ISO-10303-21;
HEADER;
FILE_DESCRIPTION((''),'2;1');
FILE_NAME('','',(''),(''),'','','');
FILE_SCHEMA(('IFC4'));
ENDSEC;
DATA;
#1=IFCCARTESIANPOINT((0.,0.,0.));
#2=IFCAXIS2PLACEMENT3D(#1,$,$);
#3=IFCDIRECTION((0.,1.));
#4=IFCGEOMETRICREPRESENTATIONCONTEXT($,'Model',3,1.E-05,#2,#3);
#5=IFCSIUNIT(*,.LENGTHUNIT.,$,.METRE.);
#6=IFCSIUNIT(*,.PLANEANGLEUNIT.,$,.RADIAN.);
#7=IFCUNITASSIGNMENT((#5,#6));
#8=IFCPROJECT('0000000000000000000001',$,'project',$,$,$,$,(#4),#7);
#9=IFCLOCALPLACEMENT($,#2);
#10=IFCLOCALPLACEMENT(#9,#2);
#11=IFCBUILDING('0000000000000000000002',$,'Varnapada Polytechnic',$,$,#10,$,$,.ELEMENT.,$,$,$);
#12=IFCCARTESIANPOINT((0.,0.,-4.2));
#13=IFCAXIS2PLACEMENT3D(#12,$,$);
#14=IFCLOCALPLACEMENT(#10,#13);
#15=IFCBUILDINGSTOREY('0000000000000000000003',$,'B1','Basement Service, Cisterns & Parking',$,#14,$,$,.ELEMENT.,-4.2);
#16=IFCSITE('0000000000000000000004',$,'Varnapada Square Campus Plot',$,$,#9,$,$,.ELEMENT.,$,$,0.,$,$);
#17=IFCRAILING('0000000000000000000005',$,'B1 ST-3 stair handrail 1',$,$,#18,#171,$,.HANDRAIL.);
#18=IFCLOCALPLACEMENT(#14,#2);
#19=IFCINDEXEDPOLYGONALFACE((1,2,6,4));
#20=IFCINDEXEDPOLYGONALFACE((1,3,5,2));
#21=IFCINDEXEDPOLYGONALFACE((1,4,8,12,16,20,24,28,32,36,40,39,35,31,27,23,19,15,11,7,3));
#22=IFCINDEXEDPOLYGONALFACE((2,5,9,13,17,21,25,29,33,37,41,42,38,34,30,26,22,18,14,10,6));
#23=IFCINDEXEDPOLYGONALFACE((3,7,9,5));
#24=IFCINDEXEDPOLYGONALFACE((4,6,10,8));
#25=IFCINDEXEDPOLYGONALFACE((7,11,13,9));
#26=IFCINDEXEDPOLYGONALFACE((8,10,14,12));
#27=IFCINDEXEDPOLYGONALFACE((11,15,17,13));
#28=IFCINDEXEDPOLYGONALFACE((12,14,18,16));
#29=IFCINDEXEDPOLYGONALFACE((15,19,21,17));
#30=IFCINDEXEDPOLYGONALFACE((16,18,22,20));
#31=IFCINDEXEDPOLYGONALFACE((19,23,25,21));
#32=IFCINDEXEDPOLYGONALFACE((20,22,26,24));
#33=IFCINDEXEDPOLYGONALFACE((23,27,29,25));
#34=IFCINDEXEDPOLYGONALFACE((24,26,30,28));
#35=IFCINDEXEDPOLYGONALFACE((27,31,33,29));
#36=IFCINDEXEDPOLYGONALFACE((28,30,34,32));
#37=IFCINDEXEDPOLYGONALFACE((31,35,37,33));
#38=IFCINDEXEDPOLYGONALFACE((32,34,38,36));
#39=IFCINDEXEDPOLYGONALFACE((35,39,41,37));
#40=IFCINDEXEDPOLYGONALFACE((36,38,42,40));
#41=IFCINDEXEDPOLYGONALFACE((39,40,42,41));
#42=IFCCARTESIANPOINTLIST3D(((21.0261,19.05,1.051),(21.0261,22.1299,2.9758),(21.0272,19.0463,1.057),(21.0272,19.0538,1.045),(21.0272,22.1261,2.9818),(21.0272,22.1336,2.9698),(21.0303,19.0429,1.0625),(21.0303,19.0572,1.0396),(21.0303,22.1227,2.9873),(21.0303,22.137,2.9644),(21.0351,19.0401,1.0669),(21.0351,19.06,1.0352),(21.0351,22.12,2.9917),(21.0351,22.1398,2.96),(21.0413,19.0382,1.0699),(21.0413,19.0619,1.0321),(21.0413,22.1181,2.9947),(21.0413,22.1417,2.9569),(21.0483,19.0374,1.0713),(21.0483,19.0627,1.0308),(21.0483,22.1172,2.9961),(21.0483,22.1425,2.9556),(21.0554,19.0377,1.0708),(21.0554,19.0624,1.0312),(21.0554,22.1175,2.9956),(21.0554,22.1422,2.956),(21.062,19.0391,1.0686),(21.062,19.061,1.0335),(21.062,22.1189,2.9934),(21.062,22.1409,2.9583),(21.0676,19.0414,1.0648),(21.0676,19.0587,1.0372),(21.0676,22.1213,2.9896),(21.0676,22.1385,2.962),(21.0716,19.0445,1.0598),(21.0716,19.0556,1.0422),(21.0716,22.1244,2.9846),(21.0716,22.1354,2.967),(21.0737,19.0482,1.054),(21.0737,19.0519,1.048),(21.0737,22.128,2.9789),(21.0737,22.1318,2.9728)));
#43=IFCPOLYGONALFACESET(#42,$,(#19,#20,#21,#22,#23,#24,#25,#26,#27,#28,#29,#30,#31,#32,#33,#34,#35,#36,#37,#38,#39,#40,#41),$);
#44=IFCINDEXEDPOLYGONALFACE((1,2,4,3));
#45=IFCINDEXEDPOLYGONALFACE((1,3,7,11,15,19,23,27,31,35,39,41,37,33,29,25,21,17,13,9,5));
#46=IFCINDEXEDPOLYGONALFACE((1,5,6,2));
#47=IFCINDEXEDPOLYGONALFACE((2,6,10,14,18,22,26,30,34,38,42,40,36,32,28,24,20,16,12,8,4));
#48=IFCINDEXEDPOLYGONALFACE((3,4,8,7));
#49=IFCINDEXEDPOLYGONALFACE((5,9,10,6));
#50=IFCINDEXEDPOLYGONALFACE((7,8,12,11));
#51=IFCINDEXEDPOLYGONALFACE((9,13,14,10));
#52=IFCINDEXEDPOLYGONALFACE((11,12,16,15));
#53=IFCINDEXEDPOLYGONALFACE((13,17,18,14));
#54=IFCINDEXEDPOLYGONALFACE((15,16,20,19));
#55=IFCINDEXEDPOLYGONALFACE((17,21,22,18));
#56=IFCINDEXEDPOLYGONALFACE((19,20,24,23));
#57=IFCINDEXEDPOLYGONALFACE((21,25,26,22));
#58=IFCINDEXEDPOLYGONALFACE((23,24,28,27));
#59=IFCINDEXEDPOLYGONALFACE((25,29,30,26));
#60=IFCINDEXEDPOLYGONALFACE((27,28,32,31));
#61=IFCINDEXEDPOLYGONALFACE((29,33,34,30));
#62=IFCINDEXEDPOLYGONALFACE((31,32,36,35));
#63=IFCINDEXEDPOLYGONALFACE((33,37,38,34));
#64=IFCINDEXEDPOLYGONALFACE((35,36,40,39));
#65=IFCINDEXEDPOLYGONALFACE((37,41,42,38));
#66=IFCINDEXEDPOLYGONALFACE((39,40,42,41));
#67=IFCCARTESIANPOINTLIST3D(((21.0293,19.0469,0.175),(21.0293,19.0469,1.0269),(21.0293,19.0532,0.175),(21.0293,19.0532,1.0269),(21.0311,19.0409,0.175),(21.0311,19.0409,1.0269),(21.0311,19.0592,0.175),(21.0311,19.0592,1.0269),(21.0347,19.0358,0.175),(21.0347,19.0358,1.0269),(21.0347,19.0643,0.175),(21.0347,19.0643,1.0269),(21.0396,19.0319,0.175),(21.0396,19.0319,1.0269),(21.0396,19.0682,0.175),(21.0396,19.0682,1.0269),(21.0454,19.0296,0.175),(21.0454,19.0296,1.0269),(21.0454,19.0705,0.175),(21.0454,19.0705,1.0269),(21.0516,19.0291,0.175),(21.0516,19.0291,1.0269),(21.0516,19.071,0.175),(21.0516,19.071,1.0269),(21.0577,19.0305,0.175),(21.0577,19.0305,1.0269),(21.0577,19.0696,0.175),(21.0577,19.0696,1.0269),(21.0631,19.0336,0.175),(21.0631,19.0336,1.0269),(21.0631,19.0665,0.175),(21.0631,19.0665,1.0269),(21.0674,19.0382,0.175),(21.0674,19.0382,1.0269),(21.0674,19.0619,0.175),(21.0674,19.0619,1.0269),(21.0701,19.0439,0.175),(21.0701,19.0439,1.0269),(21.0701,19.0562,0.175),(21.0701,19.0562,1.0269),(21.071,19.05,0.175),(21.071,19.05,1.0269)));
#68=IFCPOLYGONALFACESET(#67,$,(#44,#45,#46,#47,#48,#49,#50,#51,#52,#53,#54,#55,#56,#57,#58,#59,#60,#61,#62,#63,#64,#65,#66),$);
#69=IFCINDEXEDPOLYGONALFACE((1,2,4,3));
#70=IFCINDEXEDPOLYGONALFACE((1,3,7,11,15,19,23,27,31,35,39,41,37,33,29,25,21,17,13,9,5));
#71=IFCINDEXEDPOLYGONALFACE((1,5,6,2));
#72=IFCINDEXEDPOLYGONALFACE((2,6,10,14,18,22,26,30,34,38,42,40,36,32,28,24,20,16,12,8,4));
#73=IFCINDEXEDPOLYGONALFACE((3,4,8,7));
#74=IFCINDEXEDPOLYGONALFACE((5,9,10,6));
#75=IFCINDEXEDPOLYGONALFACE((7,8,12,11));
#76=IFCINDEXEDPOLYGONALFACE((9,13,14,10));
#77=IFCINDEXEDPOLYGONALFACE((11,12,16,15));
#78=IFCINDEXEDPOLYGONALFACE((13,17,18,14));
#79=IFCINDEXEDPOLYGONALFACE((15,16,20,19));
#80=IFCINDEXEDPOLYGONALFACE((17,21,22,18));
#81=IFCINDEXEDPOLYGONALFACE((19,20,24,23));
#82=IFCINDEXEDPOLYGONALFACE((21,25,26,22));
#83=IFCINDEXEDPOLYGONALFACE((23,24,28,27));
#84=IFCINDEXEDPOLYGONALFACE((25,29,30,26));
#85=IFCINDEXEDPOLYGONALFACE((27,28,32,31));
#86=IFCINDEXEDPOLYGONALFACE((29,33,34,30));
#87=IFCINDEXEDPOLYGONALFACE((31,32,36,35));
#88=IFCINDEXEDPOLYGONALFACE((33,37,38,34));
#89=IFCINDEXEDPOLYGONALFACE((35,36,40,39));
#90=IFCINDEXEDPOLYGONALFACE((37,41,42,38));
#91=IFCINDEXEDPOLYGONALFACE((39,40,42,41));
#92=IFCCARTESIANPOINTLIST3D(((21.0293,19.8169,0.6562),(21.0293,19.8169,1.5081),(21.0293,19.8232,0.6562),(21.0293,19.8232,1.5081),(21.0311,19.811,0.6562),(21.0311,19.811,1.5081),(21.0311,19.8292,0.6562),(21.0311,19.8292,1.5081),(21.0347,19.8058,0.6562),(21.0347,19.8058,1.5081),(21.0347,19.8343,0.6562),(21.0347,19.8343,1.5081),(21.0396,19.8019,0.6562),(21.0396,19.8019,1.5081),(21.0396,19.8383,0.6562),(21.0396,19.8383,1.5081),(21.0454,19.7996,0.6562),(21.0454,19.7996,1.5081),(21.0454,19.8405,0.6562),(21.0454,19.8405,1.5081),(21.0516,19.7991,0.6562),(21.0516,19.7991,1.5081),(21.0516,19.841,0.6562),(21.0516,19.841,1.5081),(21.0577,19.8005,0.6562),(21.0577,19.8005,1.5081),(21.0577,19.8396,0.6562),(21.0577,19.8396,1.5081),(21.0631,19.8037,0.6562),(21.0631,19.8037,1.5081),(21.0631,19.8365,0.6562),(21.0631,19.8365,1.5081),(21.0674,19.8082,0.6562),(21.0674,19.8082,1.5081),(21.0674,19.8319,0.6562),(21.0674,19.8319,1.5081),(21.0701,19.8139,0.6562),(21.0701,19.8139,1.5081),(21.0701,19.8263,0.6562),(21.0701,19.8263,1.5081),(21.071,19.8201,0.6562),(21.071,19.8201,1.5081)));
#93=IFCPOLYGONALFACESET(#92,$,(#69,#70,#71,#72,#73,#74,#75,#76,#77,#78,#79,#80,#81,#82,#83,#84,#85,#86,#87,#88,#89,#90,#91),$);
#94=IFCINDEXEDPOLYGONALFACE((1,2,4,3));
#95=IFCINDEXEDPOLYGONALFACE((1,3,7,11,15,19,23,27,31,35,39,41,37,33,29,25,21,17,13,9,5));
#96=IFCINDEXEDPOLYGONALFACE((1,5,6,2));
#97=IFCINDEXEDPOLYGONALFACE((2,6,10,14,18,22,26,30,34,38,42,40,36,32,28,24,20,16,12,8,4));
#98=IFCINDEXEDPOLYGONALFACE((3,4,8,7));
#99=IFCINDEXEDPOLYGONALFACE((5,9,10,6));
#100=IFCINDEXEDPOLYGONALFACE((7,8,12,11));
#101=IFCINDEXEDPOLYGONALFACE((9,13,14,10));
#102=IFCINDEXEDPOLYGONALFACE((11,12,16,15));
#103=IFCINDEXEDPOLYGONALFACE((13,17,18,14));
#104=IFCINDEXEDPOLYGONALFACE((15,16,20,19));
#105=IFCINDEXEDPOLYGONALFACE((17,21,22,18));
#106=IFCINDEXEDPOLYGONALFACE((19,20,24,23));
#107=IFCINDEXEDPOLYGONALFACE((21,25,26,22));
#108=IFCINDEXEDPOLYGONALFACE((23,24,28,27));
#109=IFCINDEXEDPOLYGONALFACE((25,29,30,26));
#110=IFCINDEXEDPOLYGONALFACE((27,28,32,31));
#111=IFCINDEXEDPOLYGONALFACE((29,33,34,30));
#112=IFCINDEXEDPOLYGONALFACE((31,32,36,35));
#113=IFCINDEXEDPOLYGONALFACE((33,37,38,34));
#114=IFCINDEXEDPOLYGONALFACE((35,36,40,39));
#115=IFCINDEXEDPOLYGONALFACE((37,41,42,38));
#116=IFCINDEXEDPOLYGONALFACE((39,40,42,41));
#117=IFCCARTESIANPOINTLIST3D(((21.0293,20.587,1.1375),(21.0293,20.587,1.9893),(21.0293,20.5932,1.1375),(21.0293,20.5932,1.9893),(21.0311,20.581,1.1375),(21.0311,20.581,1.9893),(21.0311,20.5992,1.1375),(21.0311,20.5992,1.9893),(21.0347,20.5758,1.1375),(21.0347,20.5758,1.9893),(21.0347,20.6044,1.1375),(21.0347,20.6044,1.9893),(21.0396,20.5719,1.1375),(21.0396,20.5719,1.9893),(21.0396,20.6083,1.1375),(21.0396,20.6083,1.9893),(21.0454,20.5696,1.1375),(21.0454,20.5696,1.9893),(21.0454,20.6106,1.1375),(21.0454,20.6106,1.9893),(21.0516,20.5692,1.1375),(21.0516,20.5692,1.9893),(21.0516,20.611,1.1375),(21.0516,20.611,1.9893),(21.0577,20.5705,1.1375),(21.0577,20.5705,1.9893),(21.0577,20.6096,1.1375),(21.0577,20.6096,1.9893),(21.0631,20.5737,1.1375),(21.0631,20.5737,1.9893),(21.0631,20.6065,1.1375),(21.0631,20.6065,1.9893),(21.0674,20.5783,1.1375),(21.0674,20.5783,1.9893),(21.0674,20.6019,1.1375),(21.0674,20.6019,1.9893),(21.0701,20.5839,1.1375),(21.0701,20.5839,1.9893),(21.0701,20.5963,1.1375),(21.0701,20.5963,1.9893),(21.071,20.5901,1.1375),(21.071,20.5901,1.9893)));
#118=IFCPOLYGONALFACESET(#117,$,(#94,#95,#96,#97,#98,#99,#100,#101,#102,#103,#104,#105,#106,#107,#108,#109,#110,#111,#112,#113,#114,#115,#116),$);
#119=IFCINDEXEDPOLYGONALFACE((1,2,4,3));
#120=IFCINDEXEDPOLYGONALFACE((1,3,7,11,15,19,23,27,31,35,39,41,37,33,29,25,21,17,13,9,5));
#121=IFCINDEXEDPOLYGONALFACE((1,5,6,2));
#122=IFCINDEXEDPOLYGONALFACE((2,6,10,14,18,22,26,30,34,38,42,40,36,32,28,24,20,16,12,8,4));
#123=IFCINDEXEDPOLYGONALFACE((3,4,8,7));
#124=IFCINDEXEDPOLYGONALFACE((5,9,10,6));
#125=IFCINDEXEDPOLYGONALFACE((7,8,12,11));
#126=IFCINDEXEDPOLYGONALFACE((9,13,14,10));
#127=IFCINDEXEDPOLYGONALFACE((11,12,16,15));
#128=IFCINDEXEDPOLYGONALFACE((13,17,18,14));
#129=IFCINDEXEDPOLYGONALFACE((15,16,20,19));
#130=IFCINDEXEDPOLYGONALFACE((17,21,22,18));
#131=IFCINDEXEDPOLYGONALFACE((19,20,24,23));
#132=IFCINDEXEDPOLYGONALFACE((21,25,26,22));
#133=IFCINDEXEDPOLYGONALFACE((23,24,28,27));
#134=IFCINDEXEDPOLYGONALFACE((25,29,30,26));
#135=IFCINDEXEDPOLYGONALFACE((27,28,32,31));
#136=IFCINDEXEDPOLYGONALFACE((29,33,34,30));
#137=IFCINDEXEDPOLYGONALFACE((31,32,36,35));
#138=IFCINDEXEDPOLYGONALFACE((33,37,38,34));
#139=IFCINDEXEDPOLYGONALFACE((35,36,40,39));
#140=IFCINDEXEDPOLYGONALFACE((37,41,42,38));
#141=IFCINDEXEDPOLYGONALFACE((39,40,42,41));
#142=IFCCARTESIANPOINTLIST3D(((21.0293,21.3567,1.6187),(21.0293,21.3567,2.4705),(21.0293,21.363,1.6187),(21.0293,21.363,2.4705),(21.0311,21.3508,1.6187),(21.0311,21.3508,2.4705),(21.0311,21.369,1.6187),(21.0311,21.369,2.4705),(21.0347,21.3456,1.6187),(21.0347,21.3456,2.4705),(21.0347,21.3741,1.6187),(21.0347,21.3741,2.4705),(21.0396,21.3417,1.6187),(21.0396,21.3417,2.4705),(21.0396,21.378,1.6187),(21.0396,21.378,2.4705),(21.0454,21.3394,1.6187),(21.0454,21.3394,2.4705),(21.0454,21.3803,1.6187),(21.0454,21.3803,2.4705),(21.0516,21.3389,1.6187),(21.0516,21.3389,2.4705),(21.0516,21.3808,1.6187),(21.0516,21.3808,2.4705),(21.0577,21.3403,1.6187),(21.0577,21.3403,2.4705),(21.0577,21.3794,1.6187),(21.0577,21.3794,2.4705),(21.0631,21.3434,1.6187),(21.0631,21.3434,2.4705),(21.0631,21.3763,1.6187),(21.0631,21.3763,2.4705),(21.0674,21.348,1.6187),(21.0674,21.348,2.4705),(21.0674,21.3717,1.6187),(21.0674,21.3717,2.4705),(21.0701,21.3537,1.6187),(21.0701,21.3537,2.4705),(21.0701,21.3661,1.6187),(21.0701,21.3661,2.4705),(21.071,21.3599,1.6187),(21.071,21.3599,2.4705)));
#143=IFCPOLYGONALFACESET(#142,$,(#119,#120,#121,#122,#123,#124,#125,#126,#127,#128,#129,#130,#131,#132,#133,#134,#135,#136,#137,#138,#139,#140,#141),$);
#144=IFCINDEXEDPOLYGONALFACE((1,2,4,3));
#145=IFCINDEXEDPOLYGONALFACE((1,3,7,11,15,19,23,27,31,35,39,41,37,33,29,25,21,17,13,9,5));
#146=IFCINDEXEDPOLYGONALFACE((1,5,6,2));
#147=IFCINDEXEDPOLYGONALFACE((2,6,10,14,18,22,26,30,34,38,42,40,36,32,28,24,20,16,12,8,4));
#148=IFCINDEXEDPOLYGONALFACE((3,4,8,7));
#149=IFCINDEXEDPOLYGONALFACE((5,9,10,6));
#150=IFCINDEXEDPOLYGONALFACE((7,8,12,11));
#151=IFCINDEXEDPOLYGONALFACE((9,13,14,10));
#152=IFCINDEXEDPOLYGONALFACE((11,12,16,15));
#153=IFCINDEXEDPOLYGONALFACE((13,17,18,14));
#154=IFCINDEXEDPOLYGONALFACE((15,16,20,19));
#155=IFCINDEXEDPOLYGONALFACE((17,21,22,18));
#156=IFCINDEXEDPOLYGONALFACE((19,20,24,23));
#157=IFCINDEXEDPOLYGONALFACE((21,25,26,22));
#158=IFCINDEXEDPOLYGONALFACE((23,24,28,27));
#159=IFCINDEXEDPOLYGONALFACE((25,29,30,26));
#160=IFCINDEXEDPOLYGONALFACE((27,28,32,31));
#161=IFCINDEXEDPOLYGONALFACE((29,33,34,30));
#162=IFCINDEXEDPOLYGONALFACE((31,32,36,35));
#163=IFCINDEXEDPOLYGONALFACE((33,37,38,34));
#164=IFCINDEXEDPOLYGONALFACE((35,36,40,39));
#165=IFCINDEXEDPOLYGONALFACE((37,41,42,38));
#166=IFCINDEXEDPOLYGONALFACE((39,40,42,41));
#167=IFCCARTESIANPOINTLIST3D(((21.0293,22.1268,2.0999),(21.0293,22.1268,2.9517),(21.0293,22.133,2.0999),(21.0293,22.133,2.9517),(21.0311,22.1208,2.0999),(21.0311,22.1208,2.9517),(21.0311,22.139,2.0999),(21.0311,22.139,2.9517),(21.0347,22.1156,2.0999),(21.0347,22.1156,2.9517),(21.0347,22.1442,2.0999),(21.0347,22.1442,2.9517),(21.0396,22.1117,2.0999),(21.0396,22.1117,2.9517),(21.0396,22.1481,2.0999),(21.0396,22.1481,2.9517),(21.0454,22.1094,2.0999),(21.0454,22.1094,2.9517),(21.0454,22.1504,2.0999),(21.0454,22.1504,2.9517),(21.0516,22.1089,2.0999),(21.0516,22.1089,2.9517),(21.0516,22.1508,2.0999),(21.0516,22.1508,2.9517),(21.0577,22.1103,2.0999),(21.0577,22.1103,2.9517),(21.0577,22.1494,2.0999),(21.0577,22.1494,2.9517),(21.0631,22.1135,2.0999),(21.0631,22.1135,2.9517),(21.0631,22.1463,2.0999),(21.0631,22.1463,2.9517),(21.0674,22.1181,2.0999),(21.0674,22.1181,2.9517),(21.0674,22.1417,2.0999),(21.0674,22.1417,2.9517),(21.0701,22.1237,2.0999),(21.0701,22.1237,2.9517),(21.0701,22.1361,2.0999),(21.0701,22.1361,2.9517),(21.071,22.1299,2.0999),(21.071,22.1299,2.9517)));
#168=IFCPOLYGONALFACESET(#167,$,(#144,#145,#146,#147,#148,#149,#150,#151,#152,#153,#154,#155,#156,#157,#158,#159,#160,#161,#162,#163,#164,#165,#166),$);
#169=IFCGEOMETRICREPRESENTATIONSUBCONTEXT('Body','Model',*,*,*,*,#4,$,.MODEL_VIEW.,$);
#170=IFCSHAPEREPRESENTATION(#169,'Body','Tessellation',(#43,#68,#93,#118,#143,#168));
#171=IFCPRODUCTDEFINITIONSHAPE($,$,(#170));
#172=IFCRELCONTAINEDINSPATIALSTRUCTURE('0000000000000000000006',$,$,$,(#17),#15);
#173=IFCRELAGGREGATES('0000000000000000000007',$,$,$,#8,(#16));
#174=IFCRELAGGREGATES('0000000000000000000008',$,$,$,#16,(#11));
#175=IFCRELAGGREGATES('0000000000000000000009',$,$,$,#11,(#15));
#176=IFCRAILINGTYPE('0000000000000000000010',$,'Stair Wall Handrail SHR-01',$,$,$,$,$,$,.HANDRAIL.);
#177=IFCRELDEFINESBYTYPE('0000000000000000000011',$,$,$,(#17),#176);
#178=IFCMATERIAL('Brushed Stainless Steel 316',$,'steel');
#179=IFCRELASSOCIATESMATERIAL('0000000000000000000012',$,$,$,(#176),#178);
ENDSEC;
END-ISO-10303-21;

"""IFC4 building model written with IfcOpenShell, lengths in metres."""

from ifc_helpers import new_model, si_unit, direction, frame, origin, origin_2d, place, context, subcontext, project, spatial, circle, extrude, material, type_object, element, save


model = new_model("IFC4")

# Units and contexts
model_context = context("Model", 3, precision=1e-05, world=origin(), true_north=direction((0.0, 1.0)))
body_context = subcontext(model_context, "Body", "Model", "MODEL_VIEW")
ifc_project = project(units=[si_unit("LENGTHUNIT", "METRE"), si_unit("PLANEANGLEUNIT", "RADIAN")], contexts=[model_context])

# Site, building, storey
site_placement = place(None, origin())
site = spatial("IfcSite", under=ifc_project, at=site_placement, Name="Varnapada Square Campus Plot", CompositionType="ELEMENT", RefElevation=0.0)
building_placement = place(site_placement, origin())
building = spatial("IfcBuilding", under=site, at=building_placement, Name="Varnapada Polytechnic", CompositionType="ELEMENT")
storey_placement = place(building_placement, frame((0.0, 0.0, -4.2)))
storey = spatial("IfcBuildingStorey", under=building, at=storey_placement, Name="B1", Description="Basement Service, Cisterns & Parking", CompositionType="ELEMENT", Elevation=-4.2)

# Shared definitions
ifc_material_1 = material(Name="Brushed Stainless Steel 316", Category="steel")

# Railing
railing_type_1 = type_object("IfcRailingType", Name="Stair Wall Handrail SHR-01", PredefinedType="HANDRAIL", material=ifc_material_1)
railing_1_placement = place(storey_placement, frame((21.05, 19.05, 0.175)))
element("IfcRailing", 1, at=railing_1_placement, inside=storey, type_object=railing_type_1, Name="B1 ST-3 stair handrail 1", PredefinedType="HANDRAIL", context=body_context, shape_type="SweptSolid", body=[
    extrude(circle(Radius=0.0239, at=origin_2d()), frame((0.0, 0.0, 0.876), z_axis=(0.0, 0.84801, 0.529981), x_axis=(-1.0, 0.0, 0.0)), (0.0, 0.0, 1.0), 3.6318),
    extrude(circle(Radius=0.021, at=origin_2d()), origin(), (0.0, 0.0, 1.0), 0.8518),
    extrude(circle(Radius=0.021, at=origin_2d()), frame((0.0, 0.77, 0.4812)), (0.0, 0.0, 1.0), 0.8518),
    extrude(circle(Radius=0.021, at=origin_2d()), frame((0.0, 1.54, 0.9624)), (0.0, 0.0, 1.0), 0.8518),
    extrude(circle(Radius=0.021, at=origin_2d()), frame((0.0, 2.3098, 1.4436)), (0.0, 0.0, 1.0), 0.8518),
    extrude(circle(Radius=0.021, at=origin_2d()), frame((0.0, 3.0798, 1.9248)), (0.0, 0.0, 1.0), 0.8518),
])

save(model, "model.ifc")
